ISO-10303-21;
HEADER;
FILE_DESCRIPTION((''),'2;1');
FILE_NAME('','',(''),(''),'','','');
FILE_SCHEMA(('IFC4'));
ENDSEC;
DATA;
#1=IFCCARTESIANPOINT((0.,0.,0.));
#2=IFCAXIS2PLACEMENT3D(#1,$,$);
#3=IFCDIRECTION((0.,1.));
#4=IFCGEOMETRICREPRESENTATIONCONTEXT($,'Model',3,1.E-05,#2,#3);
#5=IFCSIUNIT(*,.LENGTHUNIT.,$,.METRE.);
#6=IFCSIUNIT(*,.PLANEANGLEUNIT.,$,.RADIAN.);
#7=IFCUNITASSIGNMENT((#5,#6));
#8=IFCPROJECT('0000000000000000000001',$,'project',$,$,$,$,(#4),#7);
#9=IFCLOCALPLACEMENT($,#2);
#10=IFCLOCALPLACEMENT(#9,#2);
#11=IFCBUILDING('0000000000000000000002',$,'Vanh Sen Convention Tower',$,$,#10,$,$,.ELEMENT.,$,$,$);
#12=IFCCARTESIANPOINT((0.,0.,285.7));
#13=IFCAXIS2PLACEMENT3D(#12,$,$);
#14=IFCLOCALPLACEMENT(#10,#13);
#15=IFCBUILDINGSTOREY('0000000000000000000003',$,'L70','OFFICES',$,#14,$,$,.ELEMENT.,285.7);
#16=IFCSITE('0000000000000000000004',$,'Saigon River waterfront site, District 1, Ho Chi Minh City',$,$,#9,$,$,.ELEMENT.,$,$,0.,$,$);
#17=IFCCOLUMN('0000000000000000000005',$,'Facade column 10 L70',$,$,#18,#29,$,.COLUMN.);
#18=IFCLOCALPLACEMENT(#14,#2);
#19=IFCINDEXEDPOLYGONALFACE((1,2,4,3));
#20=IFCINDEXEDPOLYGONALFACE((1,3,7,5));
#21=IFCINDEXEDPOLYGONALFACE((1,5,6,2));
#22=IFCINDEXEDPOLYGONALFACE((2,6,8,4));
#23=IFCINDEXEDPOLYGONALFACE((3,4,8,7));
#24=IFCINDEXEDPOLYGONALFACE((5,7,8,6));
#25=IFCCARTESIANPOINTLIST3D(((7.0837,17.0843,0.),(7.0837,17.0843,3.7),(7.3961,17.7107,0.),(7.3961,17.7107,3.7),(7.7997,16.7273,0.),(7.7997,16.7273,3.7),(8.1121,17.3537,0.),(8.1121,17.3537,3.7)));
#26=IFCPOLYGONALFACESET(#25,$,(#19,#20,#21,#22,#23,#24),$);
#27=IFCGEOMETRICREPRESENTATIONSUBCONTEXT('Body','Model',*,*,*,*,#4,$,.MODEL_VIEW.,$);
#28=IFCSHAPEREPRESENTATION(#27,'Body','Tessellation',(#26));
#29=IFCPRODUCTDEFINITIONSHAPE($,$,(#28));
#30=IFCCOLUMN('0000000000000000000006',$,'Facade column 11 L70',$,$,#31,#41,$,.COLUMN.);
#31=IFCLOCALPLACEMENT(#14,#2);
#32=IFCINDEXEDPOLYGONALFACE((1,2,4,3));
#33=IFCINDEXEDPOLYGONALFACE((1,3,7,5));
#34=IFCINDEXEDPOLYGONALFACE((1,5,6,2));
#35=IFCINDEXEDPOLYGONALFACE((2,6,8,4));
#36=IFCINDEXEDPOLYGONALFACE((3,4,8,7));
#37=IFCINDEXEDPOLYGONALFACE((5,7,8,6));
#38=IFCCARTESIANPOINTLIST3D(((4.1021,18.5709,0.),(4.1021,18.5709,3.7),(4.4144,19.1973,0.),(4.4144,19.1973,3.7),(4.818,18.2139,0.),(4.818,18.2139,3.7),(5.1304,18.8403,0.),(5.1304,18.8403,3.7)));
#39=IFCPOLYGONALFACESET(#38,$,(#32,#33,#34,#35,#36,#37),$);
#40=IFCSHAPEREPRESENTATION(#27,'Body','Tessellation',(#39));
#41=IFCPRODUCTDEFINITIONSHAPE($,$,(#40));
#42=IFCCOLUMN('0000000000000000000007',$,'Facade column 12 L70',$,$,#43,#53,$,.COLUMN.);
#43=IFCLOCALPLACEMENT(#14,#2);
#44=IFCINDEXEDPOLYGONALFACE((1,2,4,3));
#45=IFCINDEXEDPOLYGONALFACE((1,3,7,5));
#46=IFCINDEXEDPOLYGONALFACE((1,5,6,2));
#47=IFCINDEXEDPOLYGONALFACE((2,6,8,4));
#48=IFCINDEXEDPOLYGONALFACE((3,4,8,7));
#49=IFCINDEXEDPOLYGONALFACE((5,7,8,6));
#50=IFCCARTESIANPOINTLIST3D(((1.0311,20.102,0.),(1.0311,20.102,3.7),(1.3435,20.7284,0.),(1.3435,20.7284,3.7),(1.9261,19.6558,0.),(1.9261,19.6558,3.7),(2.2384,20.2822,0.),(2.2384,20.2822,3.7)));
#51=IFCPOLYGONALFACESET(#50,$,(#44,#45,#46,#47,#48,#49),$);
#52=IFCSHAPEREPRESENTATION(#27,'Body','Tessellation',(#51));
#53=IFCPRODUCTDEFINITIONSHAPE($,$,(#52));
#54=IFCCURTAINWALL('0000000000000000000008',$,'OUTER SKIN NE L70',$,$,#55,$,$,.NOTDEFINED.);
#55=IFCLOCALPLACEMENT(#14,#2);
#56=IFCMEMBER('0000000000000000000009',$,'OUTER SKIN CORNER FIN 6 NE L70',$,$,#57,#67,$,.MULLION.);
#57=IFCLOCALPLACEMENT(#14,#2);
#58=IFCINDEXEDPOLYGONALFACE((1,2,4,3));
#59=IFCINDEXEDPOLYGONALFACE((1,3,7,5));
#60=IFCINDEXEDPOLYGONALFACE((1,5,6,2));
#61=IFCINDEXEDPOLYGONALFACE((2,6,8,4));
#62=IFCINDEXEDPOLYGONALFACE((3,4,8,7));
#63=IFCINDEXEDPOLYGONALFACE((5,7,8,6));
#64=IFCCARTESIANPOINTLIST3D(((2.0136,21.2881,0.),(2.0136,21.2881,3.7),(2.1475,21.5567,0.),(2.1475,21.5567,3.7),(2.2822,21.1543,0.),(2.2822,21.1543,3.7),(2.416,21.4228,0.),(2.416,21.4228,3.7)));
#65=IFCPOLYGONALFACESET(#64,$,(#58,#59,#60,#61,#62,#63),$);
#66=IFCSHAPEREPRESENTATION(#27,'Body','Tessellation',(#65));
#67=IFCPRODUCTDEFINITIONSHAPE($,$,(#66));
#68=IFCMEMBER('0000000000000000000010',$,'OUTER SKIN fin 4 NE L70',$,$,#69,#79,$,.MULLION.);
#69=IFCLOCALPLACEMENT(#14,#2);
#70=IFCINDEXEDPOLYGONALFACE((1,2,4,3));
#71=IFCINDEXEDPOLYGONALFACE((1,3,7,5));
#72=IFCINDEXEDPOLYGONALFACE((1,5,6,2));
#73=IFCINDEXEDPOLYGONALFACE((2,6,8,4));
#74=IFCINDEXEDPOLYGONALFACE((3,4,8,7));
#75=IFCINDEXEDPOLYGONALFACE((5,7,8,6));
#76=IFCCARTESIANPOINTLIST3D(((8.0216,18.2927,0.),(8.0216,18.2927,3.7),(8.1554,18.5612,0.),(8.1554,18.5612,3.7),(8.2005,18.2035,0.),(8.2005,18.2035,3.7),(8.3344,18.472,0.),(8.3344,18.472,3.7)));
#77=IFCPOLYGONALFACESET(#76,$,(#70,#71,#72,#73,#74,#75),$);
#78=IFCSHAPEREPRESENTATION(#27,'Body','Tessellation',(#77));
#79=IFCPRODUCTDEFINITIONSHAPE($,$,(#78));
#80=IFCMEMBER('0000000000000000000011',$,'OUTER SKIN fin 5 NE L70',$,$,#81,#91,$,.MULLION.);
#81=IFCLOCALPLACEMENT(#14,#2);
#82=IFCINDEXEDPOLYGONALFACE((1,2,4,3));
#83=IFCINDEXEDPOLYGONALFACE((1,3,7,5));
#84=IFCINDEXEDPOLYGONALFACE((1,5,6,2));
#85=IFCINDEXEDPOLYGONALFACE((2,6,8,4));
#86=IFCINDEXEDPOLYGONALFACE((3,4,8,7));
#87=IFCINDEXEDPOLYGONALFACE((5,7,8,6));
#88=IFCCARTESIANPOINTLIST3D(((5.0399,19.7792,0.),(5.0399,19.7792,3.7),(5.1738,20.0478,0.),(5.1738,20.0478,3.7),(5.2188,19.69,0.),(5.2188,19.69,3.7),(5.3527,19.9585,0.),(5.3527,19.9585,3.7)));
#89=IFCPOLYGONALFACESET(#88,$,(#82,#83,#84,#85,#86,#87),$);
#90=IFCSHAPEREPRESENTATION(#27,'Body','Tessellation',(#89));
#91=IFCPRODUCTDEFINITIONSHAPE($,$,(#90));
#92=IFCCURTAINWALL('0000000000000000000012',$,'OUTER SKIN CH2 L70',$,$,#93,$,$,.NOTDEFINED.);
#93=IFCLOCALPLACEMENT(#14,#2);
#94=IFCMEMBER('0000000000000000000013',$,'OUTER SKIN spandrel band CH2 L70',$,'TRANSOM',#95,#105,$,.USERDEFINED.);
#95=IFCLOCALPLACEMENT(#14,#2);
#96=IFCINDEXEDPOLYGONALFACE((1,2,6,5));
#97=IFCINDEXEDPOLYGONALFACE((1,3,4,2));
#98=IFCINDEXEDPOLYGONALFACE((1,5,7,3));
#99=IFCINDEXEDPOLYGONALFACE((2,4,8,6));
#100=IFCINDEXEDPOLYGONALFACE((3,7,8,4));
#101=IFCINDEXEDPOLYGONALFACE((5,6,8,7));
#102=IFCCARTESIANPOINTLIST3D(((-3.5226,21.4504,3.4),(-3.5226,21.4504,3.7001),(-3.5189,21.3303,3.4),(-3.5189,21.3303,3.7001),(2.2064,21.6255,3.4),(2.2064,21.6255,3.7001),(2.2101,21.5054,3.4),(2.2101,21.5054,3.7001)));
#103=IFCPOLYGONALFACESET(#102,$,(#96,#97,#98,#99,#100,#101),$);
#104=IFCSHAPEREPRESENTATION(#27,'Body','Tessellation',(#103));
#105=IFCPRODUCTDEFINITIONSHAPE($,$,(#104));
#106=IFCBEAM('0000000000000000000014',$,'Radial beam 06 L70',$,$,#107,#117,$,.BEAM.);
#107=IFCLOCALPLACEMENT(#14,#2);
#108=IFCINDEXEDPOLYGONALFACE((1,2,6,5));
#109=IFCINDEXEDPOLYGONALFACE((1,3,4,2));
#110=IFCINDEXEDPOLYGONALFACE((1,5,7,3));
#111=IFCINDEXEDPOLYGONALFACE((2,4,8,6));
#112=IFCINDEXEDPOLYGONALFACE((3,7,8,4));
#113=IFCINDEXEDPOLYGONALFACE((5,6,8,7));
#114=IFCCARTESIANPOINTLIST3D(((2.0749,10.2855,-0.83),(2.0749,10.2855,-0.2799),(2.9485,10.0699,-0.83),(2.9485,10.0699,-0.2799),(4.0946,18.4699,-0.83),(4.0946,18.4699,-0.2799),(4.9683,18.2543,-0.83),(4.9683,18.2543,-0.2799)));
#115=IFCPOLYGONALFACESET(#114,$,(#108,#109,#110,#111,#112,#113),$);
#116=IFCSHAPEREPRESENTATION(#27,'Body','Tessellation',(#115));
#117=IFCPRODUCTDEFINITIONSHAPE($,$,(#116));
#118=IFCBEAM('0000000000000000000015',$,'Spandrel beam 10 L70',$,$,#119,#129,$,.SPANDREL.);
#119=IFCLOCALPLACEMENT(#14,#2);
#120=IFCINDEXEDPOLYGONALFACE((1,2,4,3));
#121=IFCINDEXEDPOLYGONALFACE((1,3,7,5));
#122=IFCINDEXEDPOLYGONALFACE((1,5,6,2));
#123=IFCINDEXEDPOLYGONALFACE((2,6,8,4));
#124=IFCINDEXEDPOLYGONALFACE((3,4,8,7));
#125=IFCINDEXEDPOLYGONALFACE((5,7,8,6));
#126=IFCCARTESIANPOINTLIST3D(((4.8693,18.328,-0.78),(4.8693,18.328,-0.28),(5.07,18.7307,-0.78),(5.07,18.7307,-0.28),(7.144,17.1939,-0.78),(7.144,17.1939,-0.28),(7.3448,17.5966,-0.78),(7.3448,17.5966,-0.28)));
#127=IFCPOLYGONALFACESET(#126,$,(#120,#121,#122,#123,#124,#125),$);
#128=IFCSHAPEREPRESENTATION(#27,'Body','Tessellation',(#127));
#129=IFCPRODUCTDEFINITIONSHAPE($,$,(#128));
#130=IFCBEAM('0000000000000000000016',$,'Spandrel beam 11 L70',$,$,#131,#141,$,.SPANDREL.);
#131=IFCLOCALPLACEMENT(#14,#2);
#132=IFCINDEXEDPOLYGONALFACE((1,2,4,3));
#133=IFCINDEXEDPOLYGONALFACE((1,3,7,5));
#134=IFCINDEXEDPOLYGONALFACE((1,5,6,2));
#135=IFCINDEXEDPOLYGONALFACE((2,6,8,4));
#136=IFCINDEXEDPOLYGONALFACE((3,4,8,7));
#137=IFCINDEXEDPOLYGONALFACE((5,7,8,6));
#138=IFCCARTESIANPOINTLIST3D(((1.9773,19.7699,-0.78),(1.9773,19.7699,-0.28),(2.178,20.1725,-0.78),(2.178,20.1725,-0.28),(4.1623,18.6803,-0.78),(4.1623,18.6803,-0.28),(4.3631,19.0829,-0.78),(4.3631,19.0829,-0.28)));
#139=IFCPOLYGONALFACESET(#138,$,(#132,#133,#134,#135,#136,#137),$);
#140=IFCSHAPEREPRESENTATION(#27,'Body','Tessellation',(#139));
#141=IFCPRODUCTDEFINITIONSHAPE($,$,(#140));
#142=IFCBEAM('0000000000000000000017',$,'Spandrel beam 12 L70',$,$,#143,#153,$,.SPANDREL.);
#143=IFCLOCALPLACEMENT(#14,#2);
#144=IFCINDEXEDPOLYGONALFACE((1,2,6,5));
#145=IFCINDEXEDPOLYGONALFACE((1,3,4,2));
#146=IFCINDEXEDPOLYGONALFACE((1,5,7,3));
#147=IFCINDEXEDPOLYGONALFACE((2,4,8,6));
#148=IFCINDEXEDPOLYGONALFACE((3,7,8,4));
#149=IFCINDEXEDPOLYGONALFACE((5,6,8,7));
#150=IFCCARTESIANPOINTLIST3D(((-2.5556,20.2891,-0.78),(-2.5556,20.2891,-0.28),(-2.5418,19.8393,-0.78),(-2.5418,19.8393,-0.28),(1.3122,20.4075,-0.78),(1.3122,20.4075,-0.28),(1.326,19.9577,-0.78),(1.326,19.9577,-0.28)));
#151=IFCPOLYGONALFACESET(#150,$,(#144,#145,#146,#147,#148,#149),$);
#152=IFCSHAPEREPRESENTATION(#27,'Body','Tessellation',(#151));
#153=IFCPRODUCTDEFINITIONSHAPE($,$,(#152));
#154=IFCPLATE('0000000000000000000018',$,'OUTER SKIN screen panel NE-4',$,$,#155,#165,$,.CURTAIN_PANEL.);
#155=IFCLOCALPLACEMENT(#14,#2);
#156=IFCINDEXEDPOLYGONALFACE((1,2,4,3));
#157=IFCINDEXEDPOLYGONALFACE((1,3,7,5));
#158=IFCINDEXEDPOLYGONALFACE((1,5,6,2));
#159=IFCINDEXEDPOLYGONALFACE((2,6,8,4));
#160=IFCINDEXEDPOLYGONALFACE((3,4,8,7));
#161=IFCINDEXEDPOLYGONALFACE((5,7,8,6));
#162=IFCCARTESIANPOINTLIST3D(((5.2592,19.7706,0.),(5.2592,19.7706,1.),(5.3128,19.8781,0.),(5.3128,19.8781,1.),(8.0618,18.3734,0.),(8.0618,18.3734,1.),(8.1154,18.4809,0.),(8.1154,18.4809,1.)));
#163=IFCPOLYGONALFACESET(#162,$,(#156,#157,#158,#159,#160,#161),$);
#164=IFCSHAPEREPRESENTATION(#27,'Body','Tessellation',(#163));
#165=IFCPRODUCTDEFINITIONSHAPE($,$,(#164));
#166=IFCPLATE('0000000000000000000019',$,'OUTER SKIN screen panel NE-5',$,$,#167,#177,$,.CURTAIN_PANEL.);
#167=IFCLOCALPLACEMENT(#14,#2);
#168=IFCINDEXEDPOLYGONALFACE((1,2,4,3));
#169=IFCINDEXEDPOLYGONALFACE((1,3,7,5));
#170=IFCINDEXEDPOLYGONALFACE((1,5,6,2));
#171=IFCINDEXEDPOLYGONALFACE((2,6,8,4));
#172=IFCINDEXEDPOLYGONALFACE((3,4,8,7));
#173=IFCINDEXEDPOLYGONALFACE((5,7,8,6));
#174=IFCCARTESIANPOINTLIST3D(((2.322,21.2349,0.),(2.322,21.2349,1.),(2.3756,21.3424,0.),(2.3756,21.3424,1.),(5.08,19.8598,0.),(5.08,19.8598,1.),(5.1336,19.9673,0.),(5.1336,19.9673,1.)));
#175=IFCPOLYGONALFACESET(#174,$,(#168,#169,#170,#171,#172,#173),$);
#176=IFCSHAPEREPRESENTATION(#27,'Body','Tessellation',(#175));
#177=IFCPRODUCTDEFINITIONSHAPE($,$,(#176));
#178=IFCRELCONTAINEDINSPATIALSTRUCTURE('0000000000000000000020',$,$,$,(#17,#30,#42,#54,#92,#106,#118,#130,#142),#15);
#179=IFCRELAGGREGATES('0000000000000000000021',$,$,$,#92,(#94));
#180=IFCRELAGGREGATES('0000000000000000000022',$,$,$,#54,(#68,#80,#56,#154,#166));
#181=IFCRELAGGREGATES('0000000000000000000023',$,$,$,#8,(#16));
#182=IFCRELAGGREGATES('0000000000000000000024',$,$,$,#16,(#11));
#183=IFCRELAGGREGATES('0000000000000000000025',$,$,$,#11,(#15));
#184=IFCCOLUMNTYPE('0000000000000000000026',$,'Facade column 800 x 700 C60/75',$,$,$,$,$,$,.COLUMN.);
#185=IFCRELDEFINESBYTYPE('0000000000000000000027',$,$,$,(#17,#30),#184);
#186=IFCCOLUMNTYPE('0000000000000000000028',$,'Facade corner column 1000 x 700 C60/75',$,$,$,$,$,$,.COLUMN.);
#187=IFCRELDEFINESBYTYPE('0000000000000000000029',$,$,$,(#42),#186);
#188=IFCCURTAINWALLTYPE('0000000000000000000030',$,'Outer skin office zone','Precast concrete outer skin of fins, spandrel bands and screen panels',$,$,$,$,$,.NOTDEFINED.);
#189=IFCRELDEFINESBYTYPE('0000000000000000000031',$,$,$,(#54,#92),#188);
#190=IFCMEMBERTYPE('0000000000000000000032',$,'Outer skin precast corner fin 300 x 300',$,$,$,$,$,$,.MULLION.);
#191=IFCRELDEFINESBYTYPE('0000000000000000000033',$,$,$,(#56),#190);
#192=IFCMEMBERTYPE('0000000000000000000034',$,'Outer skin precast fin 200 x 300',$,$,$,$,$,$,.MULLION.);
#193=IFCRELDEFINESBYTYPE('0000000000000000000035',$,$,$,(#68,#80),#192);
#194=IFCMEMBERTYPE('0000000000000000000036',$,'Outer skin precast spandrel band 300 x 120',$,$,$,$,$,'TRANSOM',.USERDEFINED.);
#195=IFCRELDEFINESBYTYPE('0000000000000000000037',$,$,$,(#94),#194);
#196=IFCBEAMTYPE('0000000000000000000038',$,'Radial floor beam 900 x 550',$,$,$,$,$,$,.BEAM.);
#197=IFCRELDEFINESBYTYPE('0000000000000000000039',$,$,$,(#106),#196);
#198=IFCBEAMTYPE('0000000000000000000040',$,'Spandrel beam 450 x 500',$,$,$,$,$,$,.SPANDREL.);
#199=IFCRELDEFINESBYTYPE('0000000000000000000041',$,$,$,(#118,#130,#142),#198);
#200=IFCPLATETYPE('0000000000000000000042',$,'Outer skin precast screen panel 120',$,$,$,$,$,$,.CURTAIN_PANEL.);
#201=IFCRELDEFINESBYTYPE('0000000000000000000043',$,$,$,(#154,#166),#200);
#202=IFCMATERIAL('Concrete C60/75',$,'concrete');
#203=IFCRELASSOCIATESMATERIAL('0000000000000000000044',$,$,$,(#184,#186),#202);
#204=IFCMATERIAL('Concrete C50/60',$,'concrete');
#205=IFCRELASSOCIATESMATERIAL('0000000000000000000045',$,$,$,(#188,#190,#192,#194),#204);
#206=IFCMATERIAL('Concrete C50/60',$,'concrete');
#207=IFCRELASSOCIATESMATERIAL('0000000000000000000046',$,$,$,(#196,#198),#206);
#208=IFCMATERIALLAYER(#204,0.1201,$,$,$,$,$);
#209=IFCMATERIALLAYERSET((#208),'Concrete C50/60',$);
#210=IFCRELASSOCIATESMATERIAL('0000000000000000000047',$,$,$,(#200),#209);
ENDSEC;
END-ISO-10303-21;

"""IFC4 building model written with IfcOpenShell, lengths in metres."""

from ifc_helpers import new_model, si_unit, direction, frame, origin, origin_2d, place, context, subcontext, project, spatial, rectangle, extrude, material, layer, layer_set, material_profile, profile_set, type_object, element, aggregate, save


model = new_model("IFC4")

# Units and contexts
model_context = context("Model", 3, precision=1e-05, world=origin(), true_north=direction((0.0, 1.0)))
body_context = subcontext(model_context, "Body", "Model", "MODEL_VIEW")
ifc_project = project(units=[si_unit("LENGTHUNIT", "METRE"), si_unit("PLANEANGLEUNIT", "RADIAN")], contexts=[model_context])

# Site, building, storey
site_placement = place(None, origin())
site = spatial("IfcSite", under=ifc_project, at=site_placement, Name="Saigon River waterfront site, District 1, Ho Chi Minh City", CompositionType="ELEMENT", RefElevation=0.0)
building_placement = place(site_placement, origin())
building = spatial("IfcBuilding", under=site, at=building_placement, Name="Vanh Sen Convention Tower", CompositionType="ELEMENT")
storey_placement = place(building_placement, frame((0.0, 0.0, 285.7)))
storey = spatial("IfcBuildingStorey", under=building, at=storey_placement, Name="L70", Description="OFFICES", CompositionType="ELEMENT", Elevation=285.7)

# Columns
ifc_material_1 = material(Name="Concrete C60/75", Category="concrete")
ifc_material_profile_1 = material_profile(ifc_material_1, rectangle(XDim=0.8, YDim=0.7, at=origin_2d()), Name="RC 800X700")
ifc_profile_set_1 = profile_set([ifc_material_profile_1], Name="Concrete C60/75")
column_type_1 = type_object("IfcColumnType", Name="Facade column 800 x 700 C60/75", PredefinedType="COLUMN", material=ifc_profile_set_1)
for number, where, z_axis, x_axis, name in (
    (1, (7.5979, 17.219, 0.0), (0.0, 0.0, 1.0), (-0.894934, 0.446198, 0.0), "Facade column 10 L70"),
    (2, (4.6162, 18.7056, 0.0), (0.0, 0.0, 1.0), (-0.894934, 0.446198, 0.0), "Facade column 11 L70"),
):
    element("IfcColumn", number, at=place(storey_placement, frame(where, z_axis=z_axis, x_axis=x_axis)), inside=storey, type_object=column_type_1, Name=name, PredefinedType="COLUMN", context=body_context, shape_type="SweptSolid", body=[
        extrude(rectangle(XDim=0.8, YDim=0.7, at=origin_2d()), origin(), (0.0, 0.0, 1.0), 3.7),
    ])
ifc_material_profile_2 = material_profile(ifc_material_1, rectangle(XDim=1.0, YDim=0.7, at=origin_2d()), Name="RC 1000X700")
ifc_profile_set_2 = profile_set([ifc_material_profile_2], Name="Concrete C60/75")
column_type_2 = type_object("IfcColumnType", Name="Facade corner column 1000 x 700 C60/75", PredefinedType="COLUMN", material=ifc_profile_set_2)
column_placement = place(storey_placement, frame((1.6348, 20.1921, 0.0), z_axis=(0.0, 0.0, 1.0), x_axis=(-0.894934, 0.446198, 0.0)))
element("IfcColumn", 3, at=column_placement, inside=storey, type_object=column_type_2, Name="Facade column 12 L70", PredefinedType="COLUMN", context=body_context, shape_type="SweptSolid", body=[
    extrude(rectangle(XDim=1.0, YDim=0.7, at=origin_2d()), origin(), (0.0, 0.0, 1.0), 3.7),
])

# Curtain wall, members
ifc_material_2 = material(Name="Concrete C50/60", Category="concrete")
curtain_wall_type = type_object("IfcCurtainWallType", Name="Outer skin office zone", Description="Precast concrete outer skin of fins, spandrel bands and screen panels", PredefinedType="NOTDEFINED", material=ifc_material_2)
curtain_wall_1_placement = place(storey_placement, origin())
curtain_wall_1 = element("IfcCurtainWall", 4, at=curtain_wall_1_placement, inside=storey, type_object=curtain_wall_type, Name="OUTER SKIN NE L70", PredefinedType="NOTDEFINED")
ifc_material_profile_3 = material_profile(ifc_material_2, rectangle(XDim=0.3, YDim=0.3, at=origin_2d()), Name="Outer skin precast corner fin 300 x 300")
ifc_profile_set_3 = profile_set([ifc_material_profile_3], Name="Concrete C50/60")
member_type_1 = type_object("IfcMemberType", Name="Outer skin precast corner fin 300 x 300", PredefinedType="MULLION", material=ifc_profile_set_3)
member_1_placement = place(storey_placement, frame((2.2148, 21.3555, 0.0), z_axis=(0.0, 0.0, 1.0), x_axis=(-0.894934, 0.446198, 0.0)))
member_1 = element("IfcMember", 5, at=member_1_placement, type_object=member_type_1, Name="OUTER SKIN CORNER FIN 6 NE L70", PredefinedType="MULLION", context=body_context, shape_type="SweptSolid", body=[
    extrude(rectangle(XDim=0.3, YDim=0.3, at=origin_2d()), origin(), (0.0, 0.0, 1.0), 3.7),
])
ifc_material_profile_4 = material_profile(ifc_material_2, rectangle(XDim=0.2, YDim=0.3, at=origin_2d()), Name="Outer skin precast fin 200 x 300")
ifc_profile_set_4 = profile_set([ifc_material_profile_4], Name="Concrete C50/60")
member_type_2 = type_object("IfcMemberType", Name="Outer skin precast fin 200 x 300", PredefinedType="MULLION", material=ifc_profile_set_4)
member_2_placement = place(storey_placement, frame((8.178, 18.3823, 0.0), z_axis=(0.0, 0.0, 1.0), x_axis=(-0.894934, 0.446198, 0.0)))
member_2 = element("IfcMember", 6, at=member_2_placement, type_object=member_type_2, Name="OUTER SKIN fin 4 NE L70", PredefinedType="MULLION", context=body_context, shape_type="SweptSolid", body=[
    extrude(rectangle(XDim=0.2, YDim=0.3, at=origin_2d()), origin(), (0.0, 0.0, 1.0), 3.7),
])
member_3_placement = place(storey_placement, frame((5.1963, 19.8689, 0.0), z_axis=(0.0, 0.0, 1.0), x_axis=(-0.894934, 0.446198, 0.0)))
member_3 = element("IfcMember", 7, at=member_3_placement, type_object=member_type_2, Name="OUTER SKIN fin 5 NE L70", PredefinedType="MULLION", context=body_context, shape_type="SweptSolid", body=[
    extrude(rectangle(XDim=0.2, YDim=0.3, at=origin_2d()), origin(), (0.0, 0.0, 1.0), 3.7),
])

# Curtain wall, member
curtain_wall_2_placement = place(storey_placement, origin())
curtain_wall_2 = element("IfcCurtainWall", 8, at=curtain_wall_2_placement, inside=storey, type_object=curtain_wall_type, Name="OUTER SKIN CH2 L70", PredefinedType="NOTDEFINED")
ifc_material_profile_5 = material_profile(ifc_material_2, rectangle(XDim=0.1201, YDim=0.3, at=origin_2d()), Name="Outer skin precast spandrel band 300 x 120")
ifc_profile_set_5 = profile_set([ifc_material_profile_5], Name="Concrete C50/60")
member_type_3 = type_object("IfcMemberType", Name="Outer skin precast spandrel band 300 x 120", ElementType="TRANSOM", PredefinedType="USERDEFINED", material=ifc_profile_set_5)
member_4_placement = place(storey_placement, frame((2.2083, 21.5654, 3.55), z_axis=(-0.999534, -0.030541, 0.0), x_axis=(0.030541, -0.999534, 0.0)))
member_4 = element("IfcMember", 9, at=member_4_placement, type_object=member_type_3, Name="OUTER SKIN spandrel band CH2 L70", ObjectType="TRANSOM", PredefinedType="USERDEFINED", context=body_context, shape_type="SweptSolid", body=[
    extrude(rectangle(XDim=0.1201, YDim=0.3, at=origin_2d()), origin(), (0.0, 0.0, 1.0), 5.7317),
])
aggregate(curtain_wall_2, [member_4])

# Beams
ifc_material_3 = material(Name="Concrete C50/60", Category="concrete")
ifc_material_profile_6 = material_profile(ifc_material_3, rectangle(XDim=0.8999, YDim=0.55, at=origin_2d()), Name="RC 900X550")
ifc_profile_set_6 = profile_set([ifc_material_profile_6], Name="Concrete C50/60")
beam_type_1 = type_object("IfcBeamType", Name="Radial floor beam 900 x 550", PredefinedType="BEAM", material=ifc_profile_set_6)
beam_1_placement = place(storey_placement, frame((4.5315, 18.3621, -0.5549), z_axis=(-0.239597, -0.970872, 0.0), x_axis=(0.970872, -0.239597, 0.0)))
element("IfcBeam", 10, at=beam_1_placement, inside=storey, type_object=beam_type_1, Name="Radial beam 06 L70", PredefinedType="BEAM", context=body_context, shape_type="SweptSolid", body=[
    extrude(rectangle(XDim=0.8999, YDim=0.55, at=origin_2d()), origin(), (0.0, 0.0, 1.0), 8.4299),
])
ifc_material_profile_7 = material_profile(ifc_material_3, rectangle(XDim=0.45, YDim=0.5, at=origin_2d()), Name="RC 450X500")
ifc_profile_set_7 = profile_set([ifc_material_profile_7], Name="Concrete C50/60")
beam_type_2 = type_object("IfcBeamType", Name="Spandrel beam 450 x 500", PredefinedType="SPANDREL", material=ifc_profile_set_7)
beam_2_placement = place(storey_placement, frame((7.2444, 17.3953, -0.53), z_axis=(-0.894945, 0.446176, 0.0), x_axis=(-0.446176, -0.894945, 0.0)))
element("IfcBeam", 11, at=beam_2_placement, inside=storey, type_object=beam_type_2, Name="Spandrel beam 10 L70", PredefinedType="SPANDREL", context=body_context, shape_type="SweptSolid", body=[
    extrude(rectangle(XDim=0.45, YDim=0.5, at=origin_2d()), origin(), (0.0, 0.0, 1.0), 2.5417),
])
beam_3_placement = place(storey_placement, frame((4.2627, 18.8816, -0.53), z_axis=(-0.894907, 0.446253, 0.0), x_axis=(-0.446253, -0.894907, 0.0)))
element("IfcBeam", 12, at=beam_3_placement, inside=storey, type_object=beam_type_2, Name="Spandrel beam 11 L70", PredefinedType="SPANDREL", context=body_context, shape_type="SweptSolid", body=[
    extrude(rectangle(XDim=0.45, YDim=0.5, at=origin_2d()), origin(), (0.0, 0.0, 1.0), 2.4417),
])
beam_4_placement = place(storey_placement, frame((1.3191, 20.1826, -0.53), z_axis=(-0.999532, -0.030599, 0.0), x_axis=(0.030599, -0.999532, 0.0)))
element("IfcBeam", 13, at=beam_4_placement, inside=storey, type_object=beam_type_2, Name="Spandrel beam 12 L70", PredefinedType="SPANDREL", context=body_context, shape_type="SweptSolid", body=[
    extrude(rectangle(XDim=0.45, YDim=0.5, at=origin_2d()), origin(), (0.0, 0.0, 1.0), 3.8696),
])

# Plates
ifc_layer_1 = layer(ifc_material_2, 0.1201)
ifc_layer_set_1 = layer_set([ifc_layer_1], Name="Concrete C50/60")
plate_type = type_object("IfcPlateType", Name="Outer skin precast screen panel 120", PredefinedType="CURTAIN_PANEL", material=ifc_layer_set_1)
plate_1_placement = place(storey_placement, frame((6.6873, 19.1257, 0.0), z_axis=(0.0, 0.0, 1.0), x_axis=(-0.894943, 0.446181, 0.0)))
plate_1 = element("IfcPlate", 14, at=plate_1_placement, type_object=plate_type, Name="OUTER SKIN screen panel NE-4", PredefinedType="CURTAIN_PANEL", context=body_context, shape_type="SweptSolid", body=[
    extrude(rectangle(XDim=3.1316, YDim=0.1201, at=origin_2d()), origin(), (0.0, 0.0, 1.0), 1.0),
])
plate_2_placement = place(storey_placement, frame((3.7278, 20.6011, 0.0), z_axis=(0.0, 0.0, 1.0), x_axis=(-0.894931, 0.446204, 0.0)))
plate_2 = element("IfcPlate", 15, at=plate_2_placement, type_object=plate_type, Name="OUTER SKIN screen panel NE-5", PredefinedType="CURTAIN_PANEL", context=body_context, shape_type="SweptSolid", body=[
    extrude(rectangle(XDim=3.0818, YDim=0.1201, at=origin_2d()), origin(), (0.0, 0.0, 1.0), 1.0),
])
aggregate(curtain_wall_1, [member_2, member_3, member_1, plate_1, plate_2])

save(model, "model.ifc")
